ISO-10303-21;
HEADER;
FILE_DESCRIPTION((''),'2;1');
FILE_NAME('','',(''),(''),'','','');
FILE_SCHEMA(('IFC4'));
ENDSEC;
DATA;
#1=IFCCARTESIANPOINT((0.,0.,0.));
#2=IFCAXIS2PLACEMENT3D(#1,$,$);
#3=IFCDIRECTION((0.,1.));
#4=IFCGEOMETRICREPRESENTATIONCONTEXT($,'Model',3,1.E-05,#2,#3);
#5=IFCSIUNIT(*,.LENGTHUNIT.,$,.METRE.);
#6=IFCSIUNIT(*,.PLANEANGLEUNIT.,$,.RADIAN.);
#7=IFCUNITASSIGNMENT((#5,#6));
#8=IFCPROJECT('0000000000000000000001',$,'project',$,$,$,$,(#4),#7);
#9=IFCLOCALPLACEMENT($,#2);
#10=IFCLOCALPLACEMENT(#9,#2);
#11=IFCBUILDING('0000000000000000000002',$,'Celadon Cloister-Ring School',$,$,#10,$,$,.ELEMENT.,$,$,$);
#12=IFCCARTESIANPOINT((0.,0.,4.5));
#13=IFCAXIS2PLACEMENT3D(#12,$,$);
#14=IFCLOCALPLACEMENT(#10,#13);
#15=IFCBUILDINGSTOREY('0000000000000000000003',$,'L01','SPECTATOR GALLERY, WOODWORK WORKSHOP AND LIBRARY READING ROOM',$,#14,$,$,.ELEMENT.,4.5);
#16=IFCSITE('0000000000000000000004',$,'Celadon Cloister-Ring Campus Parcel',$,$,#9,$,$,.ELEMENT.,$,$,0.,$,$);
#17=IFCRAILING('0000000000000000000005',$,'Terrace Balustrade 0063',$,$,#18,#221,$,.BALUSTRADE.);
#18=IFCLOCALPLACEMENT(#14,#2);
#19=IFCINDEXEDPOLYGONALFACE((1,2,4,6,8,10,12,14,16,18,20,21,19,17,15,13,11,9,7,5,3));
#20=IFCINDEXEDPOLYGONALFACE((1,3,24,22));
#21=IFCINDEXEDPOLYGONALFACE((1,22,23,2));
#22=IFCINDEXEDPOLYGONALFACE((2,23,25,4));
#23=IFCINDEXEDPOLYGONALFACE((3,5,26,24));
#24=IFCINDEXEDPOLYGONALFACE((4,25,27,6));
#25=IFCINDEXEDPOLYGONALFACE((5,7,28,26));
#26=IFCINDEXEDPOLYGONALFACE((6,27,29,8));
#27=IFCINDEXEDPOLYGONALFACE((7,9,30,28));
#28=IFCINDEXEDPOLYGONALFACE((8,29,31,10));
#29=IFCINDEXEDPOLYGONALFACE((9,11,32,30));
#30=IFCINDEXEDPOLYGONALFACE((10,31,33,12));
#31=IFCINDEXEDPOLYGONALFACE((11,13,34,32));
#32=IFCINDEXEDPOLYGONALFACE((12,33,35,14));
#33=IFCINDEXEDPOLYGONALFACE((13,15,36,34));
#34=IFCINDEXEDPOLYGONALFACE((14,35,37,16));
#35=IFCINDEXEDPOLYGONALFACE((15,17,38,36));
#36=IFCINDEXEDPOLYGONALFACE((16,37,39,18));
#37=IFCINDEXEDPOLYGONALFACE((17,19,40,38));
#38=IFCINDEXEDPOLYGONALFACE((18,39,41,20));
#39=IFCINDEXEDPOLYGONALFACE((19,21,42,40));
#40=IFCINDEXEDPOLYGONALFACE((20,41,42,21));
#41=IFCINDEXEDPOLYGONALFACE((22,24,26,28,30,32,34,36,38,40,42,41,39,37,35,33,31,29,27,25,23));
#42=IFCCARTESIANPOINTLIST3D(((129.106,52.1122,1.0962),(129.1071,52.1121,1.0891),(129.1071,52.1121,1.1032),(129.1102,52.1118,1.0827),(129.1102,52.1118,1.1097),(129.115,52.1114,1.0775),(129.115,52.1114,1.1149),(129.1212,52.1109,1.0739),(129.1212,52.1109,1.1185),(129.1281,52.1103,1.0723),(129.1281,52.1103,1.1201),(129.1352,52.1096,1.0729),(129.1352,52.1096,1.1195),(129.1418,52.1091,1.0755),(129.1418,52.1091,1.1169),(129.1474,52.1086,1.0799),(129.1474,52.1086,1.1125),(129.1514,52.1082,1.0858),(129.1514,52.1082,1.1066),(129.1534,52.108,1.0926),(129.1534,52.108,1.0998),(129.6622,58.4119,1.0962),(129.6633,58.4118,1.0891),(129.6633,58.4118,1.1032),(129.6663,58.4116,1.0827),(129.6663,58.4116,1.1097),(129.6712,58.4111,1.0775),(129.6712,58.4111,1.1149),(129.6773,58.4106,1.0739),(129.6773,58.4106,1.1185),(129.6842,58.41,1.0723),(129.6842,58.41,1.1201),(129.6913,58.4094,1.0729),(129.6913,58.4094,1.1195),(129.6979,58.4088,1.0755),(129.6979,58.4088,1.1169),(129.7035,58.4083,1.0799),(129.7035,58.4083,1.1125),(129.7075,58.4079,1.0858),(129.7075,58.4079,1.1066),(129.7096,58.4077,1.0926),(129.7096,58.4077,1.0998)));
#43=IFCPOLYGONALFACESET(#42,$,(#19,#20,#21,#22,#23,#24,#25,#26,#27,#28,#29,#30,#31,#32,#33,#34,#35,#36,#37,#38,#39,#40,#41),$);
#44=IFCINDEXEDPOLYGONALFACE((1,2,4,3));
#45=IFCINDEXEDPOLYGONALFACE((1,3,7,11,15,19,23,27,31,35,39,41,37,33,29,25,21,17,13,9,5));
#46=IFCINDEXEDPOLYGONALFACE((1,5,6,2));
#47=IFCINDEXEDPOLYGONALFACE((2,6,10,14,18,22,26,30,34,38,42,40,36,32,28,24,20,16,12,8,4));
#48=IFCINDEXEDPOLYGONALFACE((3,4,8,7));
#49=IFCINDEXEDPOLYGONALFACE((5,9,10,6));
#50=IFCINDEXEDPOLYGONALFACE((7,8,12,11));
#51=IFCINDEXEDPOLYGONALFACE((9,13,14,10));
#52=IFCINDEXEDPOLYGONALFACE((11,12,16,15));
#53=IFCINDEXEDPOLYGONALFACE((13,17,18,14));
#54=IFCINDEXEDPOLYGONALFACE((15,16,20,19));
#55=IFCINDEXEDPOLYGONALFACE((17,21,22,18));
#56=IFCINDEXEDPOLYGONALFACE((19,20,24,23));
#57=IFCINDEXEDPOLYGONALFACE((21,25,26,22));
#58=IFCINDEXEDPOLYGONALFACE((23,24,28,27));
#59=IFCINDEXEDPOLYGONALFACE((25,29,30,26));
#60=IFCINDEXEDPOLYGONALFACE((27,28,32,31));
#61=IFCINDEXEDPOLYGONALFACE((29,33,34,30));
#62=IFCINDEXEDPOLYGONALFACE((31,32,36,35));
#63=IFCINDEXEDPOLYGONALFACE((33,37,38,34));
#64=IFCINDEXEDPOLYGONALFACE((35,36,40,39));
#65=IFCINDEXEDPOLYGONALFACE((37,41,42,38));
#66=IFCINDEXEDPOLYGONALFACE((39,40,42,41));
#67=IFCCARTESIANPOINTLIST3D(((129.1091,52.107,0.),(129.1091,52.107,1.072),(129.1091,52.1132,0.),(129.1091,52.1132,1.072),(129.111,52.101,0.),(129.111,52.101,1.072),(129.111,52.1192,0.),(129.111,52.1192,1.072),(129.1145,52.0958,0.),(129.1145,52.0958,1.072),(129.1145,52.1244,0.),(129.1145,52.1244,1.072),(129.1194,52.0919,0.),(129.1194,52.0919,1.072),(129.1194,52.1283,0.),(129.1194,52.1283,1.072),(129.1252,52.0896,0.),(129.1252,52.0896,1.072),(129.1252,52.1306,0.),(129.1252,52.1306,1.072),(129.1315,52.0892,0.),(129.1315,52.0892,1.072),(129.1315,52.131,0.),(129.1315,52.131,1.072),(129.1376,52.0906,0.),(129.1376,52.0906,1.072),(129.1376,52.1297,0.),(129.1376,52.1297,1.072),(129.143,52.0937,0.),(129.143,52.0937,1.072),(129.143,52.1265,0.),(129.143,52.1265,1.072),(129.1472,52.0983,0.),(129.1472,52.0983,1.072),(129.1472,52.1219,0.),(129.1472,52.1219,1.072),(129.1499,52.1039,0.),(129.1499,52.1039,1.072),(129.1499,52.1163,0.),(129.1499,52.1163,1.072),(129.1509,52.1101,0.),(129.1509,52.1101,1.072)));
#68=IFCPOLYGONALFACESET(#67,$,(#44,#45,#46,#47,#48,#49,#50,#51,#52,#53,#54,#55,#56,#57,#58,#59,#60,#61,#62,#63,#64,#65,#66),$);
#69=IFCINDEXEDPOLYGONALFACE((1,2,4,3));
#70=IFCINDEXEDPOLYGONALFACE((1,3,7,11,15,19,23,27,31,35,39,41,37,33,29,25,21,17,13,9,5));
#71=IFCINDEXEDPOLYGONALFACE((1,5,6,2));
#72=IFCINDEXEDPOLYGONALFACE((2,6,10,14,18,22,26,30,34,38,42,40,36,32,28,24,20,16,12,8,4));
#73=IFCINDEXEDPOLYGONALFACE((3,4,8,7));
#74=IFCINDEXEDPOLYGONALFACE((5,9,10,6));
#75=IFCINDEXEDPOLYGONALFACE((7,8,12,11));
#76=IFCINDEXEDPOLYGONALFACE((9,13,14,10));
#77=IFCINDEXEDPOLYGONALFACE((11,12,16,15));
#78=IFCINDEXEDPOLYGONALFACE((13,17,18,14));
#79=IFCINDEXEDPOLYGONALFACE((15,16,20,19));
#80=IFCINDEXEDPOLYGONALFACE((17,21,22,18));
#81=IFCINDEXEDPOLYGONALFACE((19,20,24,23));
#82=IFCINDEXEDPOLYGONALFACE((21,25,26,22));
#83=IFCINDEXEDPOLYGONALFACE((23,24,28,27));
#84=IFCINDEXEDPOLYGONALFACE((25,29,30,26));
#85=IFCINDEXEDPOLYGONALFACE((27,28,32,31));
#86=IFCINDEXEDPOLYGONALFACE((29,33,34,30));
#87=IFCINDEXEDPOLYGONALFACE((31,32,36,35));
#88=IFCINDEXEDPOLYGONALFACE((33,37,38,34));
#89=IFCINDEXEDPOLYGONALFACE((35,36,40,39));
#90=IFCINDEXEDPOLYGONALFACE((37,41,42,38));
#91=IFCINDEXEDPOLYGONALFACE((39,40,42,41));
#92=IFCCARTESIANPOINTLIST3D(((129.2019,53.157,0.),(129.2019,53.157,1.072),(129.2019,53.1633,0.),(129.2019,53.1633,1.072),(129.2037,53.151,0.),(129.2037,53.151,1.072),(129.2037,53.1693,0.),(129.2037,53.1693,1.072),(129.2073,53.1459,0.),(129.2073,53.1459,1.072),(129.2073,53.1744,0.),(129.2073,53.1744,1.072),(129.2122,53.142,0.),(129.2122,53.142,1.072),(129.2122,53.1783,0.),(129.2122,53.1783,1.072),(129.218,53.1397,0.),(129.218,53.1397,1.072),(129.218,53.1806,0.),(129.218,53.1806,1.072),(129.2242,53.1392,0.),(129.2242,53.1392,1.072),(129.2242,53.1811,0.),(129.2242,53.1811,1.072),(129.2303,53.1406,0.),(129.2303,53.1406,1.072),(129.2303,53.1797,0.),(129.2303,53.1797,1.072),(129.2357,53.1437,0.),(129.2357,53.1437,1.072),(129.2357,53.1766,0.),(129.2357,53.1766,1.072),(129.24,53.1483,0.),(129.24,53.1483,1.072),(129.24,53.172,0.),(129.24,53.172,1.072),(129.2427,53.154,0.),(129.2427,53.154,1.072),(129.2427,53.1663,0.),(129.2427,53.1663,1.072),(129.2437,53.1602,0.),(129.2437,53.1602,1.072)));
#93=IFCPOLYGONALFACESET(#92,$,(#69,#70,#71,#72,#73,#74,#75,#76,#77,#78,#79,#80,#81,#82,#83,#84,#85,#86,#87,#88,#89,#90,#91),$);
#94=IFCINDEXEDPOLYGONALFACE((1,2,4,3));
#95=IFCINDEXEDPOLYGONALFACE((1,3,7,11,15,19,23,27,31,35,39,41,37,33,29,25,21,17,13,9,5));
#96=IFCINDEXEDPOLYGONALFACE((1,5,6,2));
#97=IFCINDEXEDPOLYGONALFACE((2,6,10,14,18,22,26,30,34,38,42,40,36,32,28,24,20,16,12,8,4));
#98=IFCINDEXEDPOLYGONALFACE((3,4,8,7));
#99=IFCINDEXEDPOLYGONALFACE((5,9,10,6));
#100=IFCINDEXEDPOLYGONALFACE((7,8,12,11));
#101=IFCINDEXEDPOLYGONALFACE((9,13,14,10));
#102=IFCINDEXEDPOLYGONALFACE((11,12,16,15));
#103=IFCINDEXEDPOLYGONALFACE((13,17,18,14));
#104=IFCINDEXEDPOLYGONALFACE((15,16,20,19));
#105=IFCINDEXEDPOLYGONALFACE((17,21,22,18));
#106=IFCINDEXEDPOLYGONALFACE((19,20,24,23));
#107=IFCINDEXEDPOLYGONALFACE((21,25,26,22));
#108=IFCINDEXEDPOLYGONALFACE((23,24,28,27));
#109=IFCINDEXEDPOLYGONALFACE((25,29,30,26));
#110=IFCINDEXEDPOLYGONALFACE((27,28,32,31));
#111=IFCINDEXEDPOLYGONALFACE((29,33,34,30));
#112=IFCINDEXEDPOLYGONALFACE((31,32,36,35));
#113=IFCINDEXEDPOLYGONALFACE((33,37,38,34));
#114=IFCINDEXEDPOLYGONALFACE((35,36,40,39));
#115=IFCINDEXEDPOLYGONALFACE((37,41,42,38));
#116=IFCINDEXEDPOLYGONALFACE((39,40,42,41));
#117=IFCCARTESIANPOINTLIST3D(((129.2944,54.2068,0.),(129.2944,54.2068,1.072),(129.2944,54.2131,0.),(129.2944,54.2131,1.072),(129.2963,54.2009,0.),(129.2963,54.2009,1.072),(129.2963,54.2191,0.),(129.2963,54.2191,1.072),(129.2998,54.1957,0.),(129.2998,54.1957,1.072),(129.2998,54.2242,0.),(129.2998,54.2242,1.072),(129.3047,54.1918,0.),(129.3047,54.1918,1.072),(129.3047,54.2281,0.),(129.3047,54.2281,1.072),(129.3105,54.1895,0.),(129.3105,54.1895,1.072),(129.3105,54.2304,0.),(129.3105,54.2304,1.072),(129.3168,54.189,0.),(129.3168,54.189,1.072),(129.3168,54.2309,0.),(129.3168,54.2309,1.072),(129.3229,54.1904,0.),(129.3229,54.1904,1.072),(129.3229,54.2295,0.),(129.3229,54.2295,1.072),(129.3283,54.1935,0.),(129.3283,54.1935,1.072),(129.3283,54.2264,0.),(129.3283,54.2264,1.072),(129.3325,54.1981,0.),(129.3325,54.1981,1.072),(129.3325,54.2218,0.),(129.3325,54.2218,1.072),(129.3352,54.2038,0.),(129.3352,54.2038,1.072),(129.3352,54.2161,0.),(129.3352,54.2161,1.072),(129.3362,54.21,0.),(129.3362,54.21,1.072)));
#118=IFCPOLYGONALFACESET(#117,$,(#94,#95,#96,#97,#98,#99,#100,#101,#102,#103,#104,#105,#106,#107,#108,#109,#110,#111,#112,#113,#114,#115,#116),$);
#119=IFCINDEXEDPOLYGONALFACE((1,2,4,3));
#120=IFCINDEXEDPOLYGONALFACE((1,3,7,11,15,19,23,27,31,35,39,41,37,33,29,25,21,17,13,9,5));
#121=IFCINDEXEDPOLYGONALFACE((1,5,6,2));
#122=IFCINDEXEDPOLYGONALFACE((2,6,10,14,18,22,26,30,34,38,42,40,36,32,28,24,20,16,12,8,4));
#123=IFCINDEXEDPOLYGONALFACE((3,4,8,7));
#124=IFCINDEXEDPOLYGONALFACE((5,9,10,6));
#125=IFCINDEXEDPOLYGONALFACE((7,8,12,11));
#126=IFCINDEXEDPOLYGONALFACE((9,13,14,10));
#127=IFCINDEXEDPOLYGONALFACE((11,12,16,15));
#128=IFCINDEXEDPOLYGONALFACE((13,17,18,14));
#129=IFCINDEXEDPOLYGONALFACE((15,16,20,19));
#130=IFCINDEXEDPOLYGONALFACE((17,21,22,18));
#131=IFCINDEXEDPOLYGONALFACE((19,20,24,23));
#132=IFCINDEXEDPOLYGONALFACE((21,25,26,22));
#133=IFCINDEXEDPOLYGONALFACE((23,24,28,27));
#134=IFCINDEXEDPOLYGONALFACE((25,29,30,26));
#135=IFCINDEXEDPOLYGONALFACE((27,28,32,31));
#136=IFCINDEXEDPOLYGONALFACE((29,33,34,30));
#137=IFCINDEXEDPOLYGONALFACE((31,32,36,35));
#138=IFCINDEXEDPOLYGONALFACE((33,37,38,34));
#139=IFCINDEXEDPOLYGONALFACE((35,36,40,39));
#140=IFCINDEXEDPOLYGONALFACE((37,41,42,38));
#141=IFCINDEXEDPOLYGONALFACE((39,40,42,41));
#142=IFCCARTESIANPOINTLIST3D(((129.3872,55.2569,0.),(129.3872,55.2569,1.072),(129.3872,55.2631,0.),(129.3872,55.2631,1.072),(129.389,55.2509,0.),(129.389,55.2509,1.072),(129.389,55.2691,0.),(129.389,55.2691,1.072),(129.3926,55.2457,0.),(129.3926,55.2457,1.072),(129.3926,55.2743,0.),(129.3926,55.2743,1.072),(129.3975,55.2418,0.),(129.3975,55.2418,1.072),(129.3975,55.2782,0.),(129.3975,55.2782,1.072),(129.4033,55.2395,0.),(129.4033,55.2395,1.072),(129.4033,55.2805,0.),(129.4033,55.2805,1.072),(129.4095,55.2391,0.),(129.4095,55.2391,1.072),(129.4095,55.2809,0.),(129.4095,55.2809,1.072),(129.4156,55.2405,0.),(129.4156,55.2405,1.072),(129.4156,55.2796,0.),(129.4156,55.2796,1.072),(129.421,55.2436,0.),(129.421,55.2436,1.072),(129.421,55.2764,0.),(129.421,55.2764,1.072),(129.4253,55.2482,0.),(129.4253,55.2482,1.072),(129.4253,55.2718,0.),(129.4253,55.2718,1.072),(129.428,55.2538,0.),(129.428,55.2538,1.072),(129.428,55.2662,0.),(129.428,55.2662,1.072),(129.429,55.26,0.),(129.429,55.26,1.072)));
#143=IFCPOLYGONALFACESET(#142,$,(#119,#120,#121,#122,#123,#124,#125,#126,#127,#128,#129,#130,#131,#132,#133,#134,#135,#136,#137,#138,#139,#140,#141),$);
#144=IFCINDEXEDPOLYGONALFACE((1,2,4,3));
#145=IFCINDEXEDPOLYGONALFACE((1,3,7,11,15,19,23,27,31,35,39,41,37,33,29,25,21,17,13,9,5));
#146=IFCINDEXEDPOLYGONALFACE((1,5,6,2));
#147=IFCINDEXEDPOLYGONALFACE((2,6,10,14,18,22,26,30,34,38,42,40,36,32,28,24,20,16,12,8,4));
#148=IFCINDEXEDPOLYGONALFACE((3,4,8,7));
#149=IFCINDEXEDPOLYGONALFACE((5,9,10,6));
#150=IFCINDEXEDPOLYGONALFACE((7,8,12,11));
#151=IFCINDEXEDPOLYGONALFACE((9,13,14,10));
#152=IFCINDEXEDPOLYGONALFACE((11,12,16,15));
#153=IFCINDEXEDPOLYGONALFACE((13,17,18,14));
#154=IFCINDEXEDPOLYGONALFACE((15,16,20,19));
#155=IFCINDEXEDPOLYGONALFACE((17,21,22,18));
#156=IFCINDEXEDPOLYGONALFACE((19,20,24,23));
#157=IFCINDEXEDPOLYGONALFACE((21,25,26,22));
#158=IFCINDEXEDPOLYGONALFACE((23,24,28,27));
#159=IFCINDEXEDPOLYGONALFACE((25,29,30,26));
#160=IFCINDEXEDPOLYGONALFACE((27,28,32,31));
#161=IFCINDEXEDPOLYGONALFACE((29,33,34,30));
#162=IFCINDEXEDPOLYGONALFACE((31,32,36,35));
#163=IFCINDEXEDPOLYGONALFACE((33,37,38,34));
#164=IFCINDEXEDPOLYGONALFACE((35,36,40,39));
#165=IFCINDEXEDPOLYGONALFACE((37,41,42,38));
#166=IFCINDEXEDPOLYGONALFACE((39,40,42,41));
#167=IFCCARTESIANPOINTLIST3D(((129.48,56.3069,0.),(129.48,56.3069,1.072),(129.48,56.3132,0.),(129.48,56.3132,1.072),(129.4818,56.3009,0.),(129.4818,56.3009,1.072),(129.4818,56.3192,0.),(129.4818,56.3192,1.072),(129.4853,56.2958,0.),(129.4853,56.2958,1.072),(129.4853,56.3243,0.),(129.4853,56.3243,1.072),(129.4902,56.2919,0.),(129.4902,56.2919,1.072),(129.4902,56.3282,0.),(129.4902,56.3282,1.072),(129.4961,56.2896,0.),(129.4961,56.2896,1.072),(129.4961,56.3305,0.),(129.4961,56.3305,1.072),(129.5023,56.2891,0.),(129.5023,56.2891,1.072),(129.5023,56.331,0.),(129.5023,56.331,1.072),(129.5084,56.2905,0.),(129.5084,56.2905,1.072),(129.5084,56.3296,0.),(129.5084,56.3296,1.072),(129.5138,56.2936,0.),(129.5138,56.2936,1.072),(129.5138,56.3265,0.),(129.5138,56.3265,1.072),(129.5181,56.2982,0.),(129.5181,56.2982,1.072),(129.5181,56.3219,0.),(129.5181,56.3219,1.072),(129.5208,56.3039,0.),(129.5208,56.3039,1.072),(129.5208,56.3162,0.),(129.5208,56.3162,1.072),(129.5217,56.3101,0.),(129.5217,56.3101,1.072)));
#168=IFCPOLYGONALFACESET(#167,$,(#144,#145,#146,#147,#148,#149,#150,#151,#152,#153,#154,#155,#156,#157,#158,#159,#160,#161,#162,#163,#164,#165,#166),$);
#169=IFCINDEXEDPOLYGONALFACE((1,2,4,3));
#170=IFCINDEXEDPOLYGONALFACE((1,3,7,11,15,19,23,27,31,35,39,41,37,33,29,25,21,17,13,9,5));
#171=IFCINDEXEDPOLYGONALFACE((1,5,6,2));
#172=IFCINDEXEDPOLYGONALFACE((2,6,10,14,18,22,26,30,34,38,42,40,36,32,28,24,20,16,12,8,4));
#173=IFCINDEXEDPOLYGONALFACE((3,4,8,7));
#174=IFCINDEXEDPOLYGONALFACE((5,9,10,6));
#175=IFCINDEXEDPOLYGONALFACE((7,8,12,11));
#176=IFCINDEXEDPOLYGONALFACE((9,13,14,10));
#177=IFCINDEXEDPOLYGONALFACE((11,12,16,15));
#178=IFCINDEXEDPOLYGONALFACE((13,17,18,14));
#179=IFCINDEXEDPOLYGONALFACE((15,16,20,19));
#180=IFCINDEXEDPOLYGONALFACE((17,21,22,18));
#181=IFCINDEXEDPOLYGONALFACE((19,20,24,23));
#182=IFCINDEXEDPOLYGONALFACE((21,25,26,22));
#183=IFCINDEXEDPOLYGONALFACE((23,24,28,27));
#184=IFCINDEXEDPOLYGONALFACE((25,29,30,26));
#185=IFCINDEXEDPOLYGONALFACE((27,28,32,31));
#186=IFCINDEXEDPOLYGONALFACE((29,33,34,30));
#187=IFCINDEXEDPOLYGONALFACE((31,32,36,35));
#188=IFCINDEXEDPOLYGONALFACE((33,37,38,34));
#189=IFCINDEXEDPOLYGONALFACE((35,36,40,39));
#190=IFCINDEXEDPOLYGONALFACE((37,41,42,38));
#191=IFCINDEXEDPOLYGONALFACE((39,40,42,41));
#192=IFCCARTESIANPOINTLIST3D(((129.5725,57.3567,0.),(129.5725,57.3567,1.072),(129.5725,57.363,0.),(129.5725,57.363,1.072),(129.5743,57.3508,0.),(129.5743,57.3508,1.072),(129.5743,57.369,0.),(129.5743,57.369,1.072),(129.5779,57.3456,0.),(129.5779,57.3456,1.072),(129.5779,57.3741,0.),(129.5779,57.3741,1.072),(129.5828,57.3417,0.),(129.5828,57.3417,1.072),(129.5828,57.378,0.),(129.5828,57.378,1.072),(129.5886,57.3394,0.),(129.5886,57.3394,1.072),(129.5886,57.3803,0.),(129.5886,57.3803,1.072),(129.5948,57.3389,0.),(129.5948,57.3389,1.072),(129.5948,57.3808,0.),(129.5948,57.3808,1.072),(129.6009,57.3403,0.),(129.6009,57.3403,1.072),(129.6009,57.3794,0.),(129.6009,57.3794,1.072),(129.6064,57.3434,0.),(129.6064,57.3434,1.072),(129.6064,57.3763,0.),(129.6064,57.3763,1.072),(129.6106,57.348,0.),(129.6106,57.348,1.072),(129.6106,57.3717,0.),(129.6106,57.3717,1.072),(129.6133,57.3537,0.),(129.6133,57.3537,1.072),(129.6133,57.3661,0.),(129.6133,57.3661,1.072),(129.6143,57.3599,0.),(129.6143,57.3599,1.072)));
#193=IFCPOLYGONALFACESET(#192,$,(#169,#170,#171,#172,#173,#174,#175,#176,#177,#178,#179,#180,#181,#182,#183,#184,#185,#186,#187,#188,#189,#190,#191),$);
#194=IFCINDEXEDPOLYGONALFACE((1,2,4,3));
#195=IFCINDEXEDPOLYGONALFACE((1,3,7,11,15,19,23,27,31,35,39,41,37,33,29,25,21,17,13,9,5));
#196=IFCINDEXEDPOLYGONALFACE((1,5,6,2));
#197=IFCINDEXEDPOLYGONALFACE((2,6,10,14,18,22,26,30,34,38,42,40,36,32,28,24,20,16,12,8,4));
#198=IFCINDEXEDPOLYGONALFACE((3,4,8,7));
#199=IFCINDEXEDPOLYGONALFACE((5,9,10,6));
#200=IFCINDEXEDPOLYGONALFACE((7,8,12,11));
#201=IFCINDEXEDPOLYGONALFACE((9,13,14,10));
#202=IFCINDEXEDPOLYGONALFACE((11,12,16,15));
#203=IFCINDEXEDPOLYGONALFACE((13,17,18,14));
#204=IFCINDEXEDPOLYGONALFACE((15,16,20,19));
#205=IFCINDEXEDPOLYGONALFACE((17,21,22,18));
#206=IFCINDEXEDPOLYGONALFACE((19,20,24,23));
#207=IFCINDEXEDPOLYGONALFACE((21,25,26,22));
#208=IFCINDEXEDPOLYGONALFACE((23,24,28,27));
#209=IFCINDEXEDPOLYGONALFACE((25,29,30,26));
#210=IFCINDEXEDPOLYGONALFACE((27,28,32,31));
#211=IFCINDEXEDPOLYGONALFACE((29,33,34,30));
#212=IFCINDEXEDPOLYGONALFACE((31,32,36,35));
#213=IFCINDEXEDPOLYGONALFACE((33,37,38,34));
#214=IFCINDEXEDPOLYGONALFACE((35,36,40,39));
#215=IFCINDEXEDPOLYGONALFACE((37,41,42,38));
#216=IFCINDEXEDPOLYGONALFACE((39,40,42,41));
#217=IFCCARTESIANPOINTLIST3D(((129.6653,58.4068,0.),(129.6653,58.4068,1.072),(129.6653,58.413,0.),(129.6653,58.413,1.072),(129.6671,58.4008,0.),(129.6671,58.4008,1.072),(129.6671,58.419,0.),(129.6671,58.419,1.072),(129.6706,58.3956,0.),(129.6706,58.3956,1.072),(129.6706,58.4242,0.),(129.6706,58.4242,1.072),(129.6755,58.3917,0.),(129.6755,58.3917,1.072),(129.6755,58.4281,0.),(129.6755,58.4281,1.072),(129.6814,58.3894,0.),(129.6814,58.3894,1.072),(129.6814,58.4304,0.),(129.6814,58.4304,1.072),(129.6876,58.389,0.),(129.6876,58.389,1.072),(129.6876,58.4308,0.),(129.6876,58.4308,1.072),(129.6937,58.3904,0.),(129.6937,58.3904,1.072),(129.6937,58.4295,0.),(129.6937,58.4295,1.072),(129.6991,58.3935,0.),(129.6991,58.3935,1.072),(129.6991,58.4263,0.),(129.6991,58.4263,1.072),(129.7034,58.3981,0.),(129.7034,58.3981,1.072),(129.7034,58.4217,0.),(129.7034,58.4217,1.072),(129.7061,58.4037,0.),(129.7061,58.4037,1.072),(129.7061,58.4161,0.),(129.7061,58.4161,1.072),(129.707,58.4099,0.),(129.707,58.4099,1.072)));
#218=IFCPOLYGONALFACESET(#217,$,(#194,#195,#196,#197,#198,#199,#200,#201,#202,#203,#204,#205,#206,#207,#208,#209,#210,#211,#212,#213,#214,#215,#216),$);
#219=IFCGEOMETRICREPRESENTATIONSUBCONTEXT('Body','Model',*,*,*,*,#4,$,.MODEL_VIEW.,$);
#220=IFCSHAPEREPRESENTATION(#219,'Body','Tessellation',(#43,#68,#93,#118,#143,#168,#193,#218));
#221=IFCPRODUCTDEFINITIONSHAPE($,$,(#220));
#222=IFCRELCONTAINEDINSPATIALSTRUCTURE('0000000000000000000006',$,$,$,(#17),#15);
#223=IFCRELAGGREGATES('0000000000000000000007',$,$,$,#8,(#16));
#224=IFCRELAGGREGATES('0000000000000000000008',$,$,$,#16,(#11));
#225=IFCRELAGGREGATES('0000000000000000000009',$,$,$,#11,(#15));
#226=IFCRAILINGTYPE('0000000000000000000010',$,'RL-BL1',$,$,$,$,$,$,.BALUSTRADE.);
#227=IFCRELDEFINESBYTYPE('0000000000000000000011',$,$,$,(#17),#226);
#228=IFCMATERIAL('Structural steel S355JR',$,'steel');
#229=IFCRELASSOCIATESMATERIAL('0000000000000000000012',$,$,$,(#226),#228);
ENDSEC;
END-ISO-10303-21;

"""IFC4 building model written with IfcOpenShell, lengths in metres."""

from ifc_helpers import new_model, si_unit, direction, frame, origin, origin_2d, place, context, subcontext, project, spatial, circle, extrude, material, type_object, element, save


model = new_model("IFC4")

# Units and contexts
model_context = context("Model", 3, precision=1e-05, world=origin(), true_north=direction((0.0, 1.0)))
body_context = subcontext(model_context, "Body", "Model", "MODEL_VIEW")
ifc_project = project(units=[si_unit("LENGTHUNIT", "METRE"), si_unit("PLANEANGLEUNIT", "RADIAN")], contexts=[model_context])

# Site, building, storey
site_placement = place(None, origin())
site = spatial("IfcSite", under=ifc_project, at=site_placement, Name="Celadon Cloister-Ring Campus Parcel", CompositionType="ELEMENT", RefElevation=0.0)
building_placement = place(site_placement, origin())
building = spatial("IfcBuilding", under=site, at=building_placement, Name="Celadon Cloister-Ring School", CompositionType="ELEMENT")
storey_placement = place(building_placement, frame((0.0, 0.0, 4.5)))
storey = spatial("IfcBuildingStorey", under=building, at=storey_placement, Name="L01", Description="SPECTATOR GALLERY, WOODWORK WORKSHOP AND LIBRARY READING ROOM", CompositionType="ELEMENT", Elevation=4.5)

# Railing
ifc_material_1 = material(Name="Structural steel S355JR", Category="steel")
railing_type = type_object("IfcRailingType", Name="RL-BL1", PredefinedType="BALUSTRADE", material=ifc_material_1)
railing_placement = place(storey_placement, frame((129.1299, 52.1101, 0.0)))
element("IfcRailing", 1, at=railing_placement, inside=storey, type_object=railing_type, Name="Terrace Balustrade 0063", PredefinedType="BALUSTRADE", context=body_context, shape_type="SweptSolid", body=[
    extrude(circle(Radius=0.0239, at=origin_2d()), frame((0.0, 0.0, 1.0962), z_axis=(0.087939, 0.996126, 0.0), x_axis=(-0.996126, 0.087939, 0.0)), (0.0, 0.0, 1.0), 6.3242),
    extrude(circle(Radius=0.021, at=origin_2d()), origin(), (0.0, 0.0, 1.0), 1.072),
    extrude(circle(Radius=0.021, at=origin_2d()), frame((0.0928, 1.05, 0.0)), (0.0, 0.0, 1.0), 1.072),
    extrude(circle(Radius=0.021, at=origin_2d()), frame((0.1853, 2.0999, 0.0)), (0.0, 0.0, 1.0), 1.072),
    extrude(circle(Radius=0.021, at=origin_2d()), frame((0.2781, 3.1499, 0.0)), (0.0, 0.0, 1.0), 1.072),
    extrude(circle(Radius=0.021, at=origin_2d()), frame((0.3708, 4.2, 0.0)), (0.0, 0.0, 1.0), 1.072),
    extrude(circle(Radius=0.021, at=origin_2d()), frame((0.4634, 5.2498, 0.0)), (0.0, 0.0, 1.0), 1.072),
    extrude(circle(Radius=0.021, at=origin_2d()), frame((0.5562, 6.2998, 0.0)), (0.0, 0.0, 1.0), 1.072),
])

save(model, "model.ifc")
